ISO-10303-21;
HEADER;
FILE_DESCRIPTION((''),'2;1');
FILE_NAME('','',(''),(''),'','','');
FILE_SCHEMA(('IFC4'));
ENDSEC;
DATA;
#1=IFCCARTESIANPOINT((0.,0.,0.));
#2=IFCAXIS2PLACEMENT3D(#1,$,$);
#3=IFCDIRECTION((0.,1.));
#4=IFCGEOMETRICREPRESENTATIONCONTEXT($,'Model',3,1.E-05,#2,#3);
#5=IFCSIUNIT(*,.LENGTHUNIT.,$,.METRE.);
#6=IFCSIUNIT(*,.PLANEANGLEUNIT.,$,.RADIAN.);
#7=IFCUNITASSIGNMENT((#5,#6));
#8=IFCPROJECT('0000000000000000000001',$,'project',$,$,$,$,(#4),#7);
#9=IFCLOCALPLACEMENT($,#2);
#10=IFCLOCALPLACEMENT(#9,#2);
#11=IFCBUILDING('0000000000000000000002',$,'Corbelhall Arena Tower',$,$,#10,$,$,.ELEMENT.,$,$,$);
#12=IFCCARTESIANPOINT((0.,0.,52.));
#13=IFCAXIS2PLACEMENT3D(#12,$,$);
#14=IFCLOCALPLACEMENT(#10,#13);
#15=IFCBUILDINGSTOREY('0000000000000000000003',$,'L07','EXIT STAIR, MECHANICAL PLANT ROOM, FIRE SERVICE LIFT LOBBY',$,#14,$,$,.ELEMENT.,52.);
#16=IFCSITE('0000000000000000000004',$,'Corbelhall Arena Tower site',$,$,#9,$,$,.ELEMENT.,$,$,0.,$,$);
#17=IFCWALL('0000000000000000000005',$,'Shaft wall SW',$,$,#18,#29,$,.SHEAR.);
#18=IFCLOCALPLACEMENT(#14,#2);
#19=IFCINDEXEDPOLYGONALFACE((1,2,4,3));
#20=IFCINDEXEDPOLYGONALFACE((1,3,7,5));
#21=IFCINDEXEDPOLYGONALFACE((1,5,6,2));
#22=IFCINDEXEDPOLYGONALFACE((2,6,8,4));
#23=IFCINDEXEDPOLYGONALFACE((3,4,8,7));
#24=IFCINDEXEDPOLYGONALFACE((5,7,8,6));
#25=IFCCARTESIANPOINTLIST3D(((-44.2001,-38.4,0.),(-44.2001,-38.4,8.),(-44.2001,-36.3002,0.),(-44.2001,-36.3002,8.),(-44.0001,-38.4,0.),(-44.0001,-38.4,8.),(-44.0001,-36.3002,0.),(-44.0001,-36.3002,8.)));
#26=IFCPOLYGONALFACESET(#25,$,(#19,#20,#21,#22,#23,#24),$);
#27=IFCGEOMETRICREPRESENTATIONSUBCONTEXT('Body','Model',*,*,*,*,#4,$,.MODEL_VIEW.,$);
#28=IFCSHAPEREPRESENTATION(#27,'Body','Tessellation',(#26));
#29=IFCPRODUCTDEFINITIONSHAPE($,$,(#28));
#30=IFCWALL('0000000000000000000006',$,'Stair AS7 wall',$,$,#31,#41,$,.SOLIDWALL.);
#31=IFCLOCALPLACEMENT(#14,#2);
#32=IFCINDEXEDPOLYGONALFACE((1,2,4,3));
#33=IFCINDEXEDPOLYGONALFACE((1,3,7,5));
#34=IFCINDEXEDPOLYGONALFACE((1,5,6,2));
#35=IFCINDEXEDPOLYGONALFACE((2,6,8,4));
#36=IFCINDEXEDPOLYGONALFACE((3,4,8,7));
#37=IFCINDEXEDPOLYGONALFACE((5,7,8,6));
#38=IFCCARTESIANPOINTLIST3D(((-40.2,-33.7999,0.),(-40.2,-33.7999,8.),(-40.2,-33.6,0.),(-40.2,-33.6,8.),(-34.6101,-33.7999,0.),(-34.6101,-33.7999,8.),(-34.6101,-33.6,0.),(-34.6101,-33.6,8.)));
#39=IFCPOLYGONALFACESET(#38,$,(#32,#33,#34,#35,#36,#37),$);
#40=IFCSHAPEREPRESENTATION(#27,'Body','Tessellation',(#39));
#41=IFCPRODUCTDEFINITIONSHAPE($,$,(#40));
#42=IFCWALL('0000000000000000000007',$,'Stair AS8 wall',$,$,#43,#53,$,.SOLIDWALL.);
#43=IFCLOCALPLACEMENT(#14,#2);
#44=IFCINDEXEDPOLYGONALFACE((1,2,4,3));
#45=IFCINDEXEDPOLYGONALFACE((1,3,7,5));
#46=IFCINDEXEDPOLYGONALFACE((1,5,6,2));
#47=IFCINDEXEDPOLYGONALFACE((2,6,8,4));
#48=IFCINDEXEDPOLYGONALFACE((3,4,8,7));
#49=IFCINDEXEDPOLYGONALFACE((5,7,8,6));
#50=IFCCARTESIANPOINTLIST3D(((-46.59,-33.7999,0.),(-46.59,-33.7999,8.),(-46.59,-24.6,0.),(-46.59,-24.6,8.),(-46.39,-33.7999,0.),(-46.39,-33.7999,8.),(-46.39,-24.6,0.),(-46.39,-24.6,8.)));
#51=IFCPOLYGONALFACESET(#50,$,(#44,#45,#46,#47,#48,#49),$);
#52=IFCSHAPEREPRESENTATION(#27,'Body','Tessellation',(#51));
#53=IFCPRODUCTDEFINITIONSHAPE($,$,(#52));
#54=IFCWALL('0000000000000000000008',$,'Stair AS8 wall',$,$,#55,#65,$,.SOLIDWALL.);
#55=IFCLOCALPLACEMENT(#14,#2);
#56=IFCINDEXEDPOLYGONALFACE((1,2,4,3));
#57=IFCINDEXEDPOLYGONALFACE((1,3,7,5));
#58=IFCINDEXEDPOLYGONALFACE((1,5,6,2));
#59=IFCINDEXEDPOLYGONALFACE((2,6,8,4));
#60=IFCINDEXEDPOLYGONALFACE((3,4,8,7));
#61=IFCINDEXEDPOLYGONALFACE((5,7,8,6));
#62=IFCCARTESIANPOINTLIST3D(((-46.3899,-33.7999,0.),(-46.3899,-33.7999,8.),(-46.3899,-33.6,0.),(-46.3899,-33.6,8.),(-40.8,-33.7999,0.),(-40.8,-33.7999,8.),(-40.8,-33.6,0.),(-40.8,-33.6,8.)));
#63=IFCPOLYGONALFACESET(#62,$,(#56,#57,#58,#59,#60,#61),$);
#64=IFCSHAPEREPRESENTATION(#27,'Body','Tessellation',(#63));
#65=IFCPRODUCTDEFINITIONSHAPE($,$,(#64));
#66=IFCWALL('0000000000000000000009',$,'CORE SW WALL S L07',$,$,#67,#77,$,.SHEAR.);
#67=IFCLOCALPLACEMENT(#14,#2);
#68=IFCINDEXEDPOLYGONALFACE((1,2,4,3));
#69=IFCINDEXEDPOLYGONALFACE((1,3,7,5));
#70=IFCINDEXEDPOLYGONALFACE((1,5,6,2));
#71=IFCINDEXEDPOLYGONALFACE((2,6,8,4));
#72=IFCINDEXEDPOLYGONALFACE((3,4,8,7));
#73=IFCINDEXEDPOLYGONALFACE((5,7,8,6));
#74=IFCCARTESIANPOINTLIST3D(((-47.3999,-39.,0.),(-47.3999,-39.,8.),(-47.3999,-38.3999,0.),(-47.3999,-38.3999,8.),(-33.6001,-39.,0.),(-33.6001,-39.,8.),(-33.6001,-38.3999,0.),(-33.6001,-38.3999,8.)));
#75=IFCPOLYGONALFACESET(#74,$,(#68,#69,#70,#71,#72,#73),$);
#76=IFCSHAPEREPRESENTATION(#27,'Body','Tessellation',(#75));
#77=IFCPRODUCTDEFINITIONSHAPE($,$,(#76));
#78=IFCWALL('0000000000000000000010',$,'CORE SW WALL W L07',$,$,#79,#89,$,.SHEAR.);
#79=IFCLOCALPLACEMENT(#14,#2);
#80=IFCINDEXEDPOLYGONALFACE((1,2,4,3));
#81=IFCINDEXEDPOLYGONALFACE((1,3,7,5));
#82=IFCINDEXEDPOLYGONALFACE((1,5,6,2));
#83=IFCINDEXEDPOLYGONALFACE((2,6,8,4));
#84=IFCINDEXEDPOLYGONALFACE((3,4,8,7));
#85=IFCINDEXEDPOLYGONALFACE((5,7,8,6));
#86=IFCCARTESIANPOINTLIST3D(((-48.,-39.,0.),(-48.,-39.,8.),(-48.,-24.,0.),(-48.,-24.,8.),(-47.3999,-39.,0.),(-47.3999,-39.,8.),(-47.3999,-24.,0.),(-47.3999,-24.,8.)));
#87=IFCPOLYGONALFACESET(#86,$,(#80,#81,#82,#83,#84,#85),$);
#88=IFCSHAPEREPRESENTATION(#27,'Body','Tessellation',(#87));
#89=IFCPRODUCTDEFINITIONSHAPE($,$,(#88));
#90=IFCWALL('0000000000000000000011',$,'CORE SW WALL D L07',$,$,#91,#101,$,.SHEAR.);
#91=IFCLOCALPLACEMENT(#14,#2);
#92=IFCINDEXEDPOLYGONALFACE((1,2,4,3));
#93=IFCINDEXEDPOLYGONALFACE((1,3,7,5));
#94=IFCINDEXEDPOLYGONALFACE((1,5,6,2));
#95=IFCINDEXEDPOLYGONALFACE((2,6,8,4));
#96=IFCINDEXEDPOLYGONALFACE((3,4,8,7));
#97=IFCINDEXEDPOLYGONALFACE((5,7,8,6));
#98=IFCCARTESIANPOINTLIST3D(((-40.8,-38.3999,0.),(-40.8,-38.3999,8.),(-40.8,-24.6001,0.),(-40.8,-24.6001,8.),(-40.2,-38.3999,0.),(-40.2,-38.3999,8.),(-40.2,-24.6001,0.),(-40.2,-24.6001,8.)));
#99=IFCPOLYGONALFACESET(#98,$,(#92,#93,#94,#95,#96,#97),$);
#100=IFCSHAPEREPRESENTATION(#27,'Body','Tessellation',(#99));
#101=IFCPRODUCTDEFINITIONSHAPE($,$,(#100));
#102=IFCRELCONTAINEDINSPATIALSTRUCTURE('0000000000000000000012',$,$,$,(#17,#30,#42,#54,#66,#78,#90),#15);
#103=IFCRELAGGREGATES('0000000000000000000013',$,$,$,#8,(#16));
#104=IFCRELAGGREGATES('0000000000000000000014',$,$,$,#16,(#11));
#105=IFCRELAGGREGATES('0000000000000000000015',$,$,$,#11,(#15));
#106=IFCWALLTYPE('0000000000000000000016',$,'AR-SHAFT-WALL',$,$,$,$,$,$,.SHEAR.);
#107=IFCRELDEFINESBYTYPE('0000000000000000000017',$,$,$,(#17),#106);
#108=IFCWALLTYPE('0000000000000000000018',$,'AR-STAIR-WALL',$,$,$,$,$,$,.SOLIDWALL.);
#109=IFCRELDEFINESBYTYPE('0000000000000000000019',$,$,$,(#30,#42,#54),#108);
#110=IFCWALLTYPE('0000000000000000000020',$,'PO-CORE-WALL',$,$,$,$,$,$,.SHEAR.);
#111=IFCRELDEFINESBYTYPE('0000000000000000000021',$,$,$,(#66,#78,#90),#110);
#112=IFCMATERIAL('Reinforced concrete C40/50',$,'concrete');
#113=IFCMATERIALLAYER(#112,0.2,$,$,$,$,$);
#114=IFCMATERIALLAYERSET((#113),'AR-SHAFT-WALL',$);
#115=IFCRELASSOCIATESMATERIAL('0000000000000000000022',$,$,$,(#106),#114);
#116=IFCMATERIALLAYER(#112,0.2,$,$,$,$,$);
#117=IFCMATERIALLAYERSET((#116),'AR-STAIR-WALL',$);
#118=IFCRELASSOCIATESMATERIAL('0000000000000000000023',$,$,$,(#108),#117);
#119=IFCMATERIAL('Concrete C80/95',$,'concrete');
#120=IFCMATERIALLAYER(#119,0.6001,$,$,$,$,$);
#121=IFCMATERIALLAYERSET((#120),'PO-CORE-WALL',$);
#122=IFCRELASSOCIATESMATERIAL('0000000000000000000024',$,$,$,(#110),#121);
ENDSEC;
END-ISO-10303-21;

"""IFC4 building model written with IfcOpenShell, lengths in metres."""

from ifc_helpers import new_model, si_unit, direction, frame, frame_2d, origin, place, context, subcontext, project, spatial, rectangle, extrude, material, layer, layer_set, type_object, element, save


model = new_model("IFC4")

# Units and contexts
model_context = context("Model", 3, precision=1e-05, world=origin(), true_north=direction((0.0, 1.0)))
body_context = subcontext(model_context, "Body", "Model", "MODEL_VIEW")
ifc_project = project(units=[si_unit("LENGTHUNIT", "METRE"), si_unit("PLANEANGLEUNIT", "RADIAN")], contexts=[model_context])

# Site, building, storey
site_placement = place(None, origin())
site = spatial("IfcSite", under=ifc_project, at=site_placement, Name="Corbelhall Arena Tower site", CompositionType="ELEMENT", RefElevation=0.0)
building_placement = place(site_placement, origin())
building = spatial("IfcBuilding", under=site, at=building_placement, Name="Corbelhall Arena Tower", CompositionType="ELEMENT")
storey_placement = place(building_placement, frame((0.0, 0.0, 52.0)))
storey = spatial("IfcBuildingStorey", under=building, at=storey_placement, Name="L07", Description="EXIT STAIR, MECHANICAL PLANT ROOM, FIRE SERVICE LIFT LOBBY", CompositionType="ELEMENT", Elevation=52.0)

# Shared definitions
ifc_material_1 = material(Name="Reinforced concrete C40/50", Category="concrete")
ifc_layer_1 = layer(ifc_material_1, 0.2)
ifc_layer_set_1 = layer_set([ifc_layer_1], Name="AR-SHAFT-WALL")
wall_type_1 = type_object("IfcWallType", Name="AR-SHAFT-WALL", PredefinedType="SHEAR", material=ifc_layer_set_1)

# Walls
wall_1_placement = place(storey_placement, frame((-44.1001, -38.3999, 0.0), z_axis=(0.0, 0.0, 1.0), x_axis=(0.0, 1.0, 0.0)))
element("IfcWall", 1, at=wall_1_placement, inside=storey, type_object=wall_type_1, Name="Shaft wall SW", PredefinedType="SHEAR", context=body_context, shape_type="SweptSolid", body=[
    extrude(rectangle(XDim=2.0999, YDim=0.2, at=frame_2d((1.0498, 0.0))), origin(), (0.0, 0.0, 1.0), 8.0),
])
ifc_layer_2 = layer(ifc_material_1, 0.2)
ifc_layer_set_2 = layer_set([ifc_layer_2], Name="AR-STAIR-WALL")
wall_type_2 = type_object("IfcWallType", Name="AR-STAIR-WALL", PredefinedType="SOLIDWALL", material=ifc_layer_set_2)
wall_2_placement = place(storey_placement, frame((-40.2, -33.7, 0.0), z_axis=(0.0, 0.0, 1.0), x_axis=(1.0, 0.0, 0.0)))
element("IfcWall", 2, at=wall_2_placement, inside=storey, type_object=wall_type_2, Name="Stair AS7 wall", PredefinedType="SOLIDWALL", context=body_context, shape_type="SweptSolid", body=[
    extrude(rectangle(XDim=5.5898, YDim=0.2, at=frame_2d((2.7949, 0.0))), origin(), (0.0, 0.0, 1.0), 8.0),
])
wall_3_placement = place(storey_placement, frame((-46.49, -33.8, 0.0), z_axis=(0.0, 0.0, 1.0), x_axis=(0.0, 1.0, 0.0)))
element("IfcWall", 3, at=wall_3_placement, inside=storey, type_object=wall_type_2, Name="Stair AS8 wall", PredefinedType="SOLIDWALL", context=body_context, shape_type="SweptSolid", body=[
    extrude(rectangle(XDim=9.2, YDim=0.2, at=frame_2d((4.6001, 0.0))), origin(), (0.0, 0.0, 1.0), 8.0),
])
wall_4_placement = place(storey_placement, frame((-46.3899, -33.7, 0.0), z_axis=(0.0, 0.0, 1.0), x_axis=(1.0, 0.0, 0.0)))
element("IfcWall", 4, at=wall_4_placement, inside=storey, type_object=wall_type_2, Name="Stair AS8 wall", PredefinedType="SOLIDWALL", context=body_context, shape_type="SweptSolid", body=[
    extrude(rectangle(XDim=5.5898, YDim=0.2, at=frame_2d((2.7949, 0.0))), origin(), (0.0, 0.0, 1.0), 8.0),
])
ifc_material_2 = material(Name="Concrete C80/95", Category="concrete")
ifc_layer_3 = layer(ifc_material_2, 0.6001)
ifc_layer_set_3 = layer_set([ifc_layer_3], Name="PO-CORE-WALL")
wall_type_3 = type_object("IfcWallType", Name="PO-CORE-WALL", PredefinedType="SHEAR", material=ifc_layer_set_3)
wall_5_placement = place(storey_placement, frame((-47.3999, -38.7, 0.0), z_axis=(0.0, 0.0, 1.0), x_axis=(1.0, 0.0, 0.0)))
element("IfcWall", 5, at=wall_5_placement, inside=storey, type_object=wall_type_3, Name="CORE SW WALL S L07", PredefinedType="SHEAR", context=body_context, shape_type="SweptSolid", body=[
    extrude(rectangle(XDim=13.7998, YDim=0.6001, at=frame_2d((6.8999, 0.0))), origin(), (0.0, 0.0, 1.0), 8.0),
])
wall_6_placement = place(storey_placement, frame((-47.7, -39.0, 0.0), z_axis=(0.0, 0.0, 1.0), x_axis=(0.0, 1.0, 0.0)))
element("IfcWall", 6, at=wall_6_placement, inside=storey, type_object=wall_type_3, Name="CORE SW WALL W L07", PredefinedType="SHEAR", context=body_context, shape_type="SweptSolid", body=[
    extrude(rectangle(XDim=15.0, YDim=0.6001, at=frame_2d((7.5, 0.0))), origin(), (0.0, 0.0, 1.0), 8.0),
])
wall_7_placement = place(storey_placement, frame((-40.5, -38.3999, 0.0), z_axis=(0.0, 0.0, 1.0), x_axis=(0.0, 1.0, 0.0)))
element("IfcWall", 7, at=wall_7_placement, inside=storey, type_object=wall_type_3, Name="CORE SW WALL D L07", PredefinedType="SHEAR", context=body_context, shape_type="SweptSolid", body=[
    extrude(rectangle(XDim=13.7998, YDim=0.6001, at=frame_2d((6.8999, 0.0))), origin(), (0.0, 0.0, 1.0), 8.0),
])

save(model, "model.ifc")
